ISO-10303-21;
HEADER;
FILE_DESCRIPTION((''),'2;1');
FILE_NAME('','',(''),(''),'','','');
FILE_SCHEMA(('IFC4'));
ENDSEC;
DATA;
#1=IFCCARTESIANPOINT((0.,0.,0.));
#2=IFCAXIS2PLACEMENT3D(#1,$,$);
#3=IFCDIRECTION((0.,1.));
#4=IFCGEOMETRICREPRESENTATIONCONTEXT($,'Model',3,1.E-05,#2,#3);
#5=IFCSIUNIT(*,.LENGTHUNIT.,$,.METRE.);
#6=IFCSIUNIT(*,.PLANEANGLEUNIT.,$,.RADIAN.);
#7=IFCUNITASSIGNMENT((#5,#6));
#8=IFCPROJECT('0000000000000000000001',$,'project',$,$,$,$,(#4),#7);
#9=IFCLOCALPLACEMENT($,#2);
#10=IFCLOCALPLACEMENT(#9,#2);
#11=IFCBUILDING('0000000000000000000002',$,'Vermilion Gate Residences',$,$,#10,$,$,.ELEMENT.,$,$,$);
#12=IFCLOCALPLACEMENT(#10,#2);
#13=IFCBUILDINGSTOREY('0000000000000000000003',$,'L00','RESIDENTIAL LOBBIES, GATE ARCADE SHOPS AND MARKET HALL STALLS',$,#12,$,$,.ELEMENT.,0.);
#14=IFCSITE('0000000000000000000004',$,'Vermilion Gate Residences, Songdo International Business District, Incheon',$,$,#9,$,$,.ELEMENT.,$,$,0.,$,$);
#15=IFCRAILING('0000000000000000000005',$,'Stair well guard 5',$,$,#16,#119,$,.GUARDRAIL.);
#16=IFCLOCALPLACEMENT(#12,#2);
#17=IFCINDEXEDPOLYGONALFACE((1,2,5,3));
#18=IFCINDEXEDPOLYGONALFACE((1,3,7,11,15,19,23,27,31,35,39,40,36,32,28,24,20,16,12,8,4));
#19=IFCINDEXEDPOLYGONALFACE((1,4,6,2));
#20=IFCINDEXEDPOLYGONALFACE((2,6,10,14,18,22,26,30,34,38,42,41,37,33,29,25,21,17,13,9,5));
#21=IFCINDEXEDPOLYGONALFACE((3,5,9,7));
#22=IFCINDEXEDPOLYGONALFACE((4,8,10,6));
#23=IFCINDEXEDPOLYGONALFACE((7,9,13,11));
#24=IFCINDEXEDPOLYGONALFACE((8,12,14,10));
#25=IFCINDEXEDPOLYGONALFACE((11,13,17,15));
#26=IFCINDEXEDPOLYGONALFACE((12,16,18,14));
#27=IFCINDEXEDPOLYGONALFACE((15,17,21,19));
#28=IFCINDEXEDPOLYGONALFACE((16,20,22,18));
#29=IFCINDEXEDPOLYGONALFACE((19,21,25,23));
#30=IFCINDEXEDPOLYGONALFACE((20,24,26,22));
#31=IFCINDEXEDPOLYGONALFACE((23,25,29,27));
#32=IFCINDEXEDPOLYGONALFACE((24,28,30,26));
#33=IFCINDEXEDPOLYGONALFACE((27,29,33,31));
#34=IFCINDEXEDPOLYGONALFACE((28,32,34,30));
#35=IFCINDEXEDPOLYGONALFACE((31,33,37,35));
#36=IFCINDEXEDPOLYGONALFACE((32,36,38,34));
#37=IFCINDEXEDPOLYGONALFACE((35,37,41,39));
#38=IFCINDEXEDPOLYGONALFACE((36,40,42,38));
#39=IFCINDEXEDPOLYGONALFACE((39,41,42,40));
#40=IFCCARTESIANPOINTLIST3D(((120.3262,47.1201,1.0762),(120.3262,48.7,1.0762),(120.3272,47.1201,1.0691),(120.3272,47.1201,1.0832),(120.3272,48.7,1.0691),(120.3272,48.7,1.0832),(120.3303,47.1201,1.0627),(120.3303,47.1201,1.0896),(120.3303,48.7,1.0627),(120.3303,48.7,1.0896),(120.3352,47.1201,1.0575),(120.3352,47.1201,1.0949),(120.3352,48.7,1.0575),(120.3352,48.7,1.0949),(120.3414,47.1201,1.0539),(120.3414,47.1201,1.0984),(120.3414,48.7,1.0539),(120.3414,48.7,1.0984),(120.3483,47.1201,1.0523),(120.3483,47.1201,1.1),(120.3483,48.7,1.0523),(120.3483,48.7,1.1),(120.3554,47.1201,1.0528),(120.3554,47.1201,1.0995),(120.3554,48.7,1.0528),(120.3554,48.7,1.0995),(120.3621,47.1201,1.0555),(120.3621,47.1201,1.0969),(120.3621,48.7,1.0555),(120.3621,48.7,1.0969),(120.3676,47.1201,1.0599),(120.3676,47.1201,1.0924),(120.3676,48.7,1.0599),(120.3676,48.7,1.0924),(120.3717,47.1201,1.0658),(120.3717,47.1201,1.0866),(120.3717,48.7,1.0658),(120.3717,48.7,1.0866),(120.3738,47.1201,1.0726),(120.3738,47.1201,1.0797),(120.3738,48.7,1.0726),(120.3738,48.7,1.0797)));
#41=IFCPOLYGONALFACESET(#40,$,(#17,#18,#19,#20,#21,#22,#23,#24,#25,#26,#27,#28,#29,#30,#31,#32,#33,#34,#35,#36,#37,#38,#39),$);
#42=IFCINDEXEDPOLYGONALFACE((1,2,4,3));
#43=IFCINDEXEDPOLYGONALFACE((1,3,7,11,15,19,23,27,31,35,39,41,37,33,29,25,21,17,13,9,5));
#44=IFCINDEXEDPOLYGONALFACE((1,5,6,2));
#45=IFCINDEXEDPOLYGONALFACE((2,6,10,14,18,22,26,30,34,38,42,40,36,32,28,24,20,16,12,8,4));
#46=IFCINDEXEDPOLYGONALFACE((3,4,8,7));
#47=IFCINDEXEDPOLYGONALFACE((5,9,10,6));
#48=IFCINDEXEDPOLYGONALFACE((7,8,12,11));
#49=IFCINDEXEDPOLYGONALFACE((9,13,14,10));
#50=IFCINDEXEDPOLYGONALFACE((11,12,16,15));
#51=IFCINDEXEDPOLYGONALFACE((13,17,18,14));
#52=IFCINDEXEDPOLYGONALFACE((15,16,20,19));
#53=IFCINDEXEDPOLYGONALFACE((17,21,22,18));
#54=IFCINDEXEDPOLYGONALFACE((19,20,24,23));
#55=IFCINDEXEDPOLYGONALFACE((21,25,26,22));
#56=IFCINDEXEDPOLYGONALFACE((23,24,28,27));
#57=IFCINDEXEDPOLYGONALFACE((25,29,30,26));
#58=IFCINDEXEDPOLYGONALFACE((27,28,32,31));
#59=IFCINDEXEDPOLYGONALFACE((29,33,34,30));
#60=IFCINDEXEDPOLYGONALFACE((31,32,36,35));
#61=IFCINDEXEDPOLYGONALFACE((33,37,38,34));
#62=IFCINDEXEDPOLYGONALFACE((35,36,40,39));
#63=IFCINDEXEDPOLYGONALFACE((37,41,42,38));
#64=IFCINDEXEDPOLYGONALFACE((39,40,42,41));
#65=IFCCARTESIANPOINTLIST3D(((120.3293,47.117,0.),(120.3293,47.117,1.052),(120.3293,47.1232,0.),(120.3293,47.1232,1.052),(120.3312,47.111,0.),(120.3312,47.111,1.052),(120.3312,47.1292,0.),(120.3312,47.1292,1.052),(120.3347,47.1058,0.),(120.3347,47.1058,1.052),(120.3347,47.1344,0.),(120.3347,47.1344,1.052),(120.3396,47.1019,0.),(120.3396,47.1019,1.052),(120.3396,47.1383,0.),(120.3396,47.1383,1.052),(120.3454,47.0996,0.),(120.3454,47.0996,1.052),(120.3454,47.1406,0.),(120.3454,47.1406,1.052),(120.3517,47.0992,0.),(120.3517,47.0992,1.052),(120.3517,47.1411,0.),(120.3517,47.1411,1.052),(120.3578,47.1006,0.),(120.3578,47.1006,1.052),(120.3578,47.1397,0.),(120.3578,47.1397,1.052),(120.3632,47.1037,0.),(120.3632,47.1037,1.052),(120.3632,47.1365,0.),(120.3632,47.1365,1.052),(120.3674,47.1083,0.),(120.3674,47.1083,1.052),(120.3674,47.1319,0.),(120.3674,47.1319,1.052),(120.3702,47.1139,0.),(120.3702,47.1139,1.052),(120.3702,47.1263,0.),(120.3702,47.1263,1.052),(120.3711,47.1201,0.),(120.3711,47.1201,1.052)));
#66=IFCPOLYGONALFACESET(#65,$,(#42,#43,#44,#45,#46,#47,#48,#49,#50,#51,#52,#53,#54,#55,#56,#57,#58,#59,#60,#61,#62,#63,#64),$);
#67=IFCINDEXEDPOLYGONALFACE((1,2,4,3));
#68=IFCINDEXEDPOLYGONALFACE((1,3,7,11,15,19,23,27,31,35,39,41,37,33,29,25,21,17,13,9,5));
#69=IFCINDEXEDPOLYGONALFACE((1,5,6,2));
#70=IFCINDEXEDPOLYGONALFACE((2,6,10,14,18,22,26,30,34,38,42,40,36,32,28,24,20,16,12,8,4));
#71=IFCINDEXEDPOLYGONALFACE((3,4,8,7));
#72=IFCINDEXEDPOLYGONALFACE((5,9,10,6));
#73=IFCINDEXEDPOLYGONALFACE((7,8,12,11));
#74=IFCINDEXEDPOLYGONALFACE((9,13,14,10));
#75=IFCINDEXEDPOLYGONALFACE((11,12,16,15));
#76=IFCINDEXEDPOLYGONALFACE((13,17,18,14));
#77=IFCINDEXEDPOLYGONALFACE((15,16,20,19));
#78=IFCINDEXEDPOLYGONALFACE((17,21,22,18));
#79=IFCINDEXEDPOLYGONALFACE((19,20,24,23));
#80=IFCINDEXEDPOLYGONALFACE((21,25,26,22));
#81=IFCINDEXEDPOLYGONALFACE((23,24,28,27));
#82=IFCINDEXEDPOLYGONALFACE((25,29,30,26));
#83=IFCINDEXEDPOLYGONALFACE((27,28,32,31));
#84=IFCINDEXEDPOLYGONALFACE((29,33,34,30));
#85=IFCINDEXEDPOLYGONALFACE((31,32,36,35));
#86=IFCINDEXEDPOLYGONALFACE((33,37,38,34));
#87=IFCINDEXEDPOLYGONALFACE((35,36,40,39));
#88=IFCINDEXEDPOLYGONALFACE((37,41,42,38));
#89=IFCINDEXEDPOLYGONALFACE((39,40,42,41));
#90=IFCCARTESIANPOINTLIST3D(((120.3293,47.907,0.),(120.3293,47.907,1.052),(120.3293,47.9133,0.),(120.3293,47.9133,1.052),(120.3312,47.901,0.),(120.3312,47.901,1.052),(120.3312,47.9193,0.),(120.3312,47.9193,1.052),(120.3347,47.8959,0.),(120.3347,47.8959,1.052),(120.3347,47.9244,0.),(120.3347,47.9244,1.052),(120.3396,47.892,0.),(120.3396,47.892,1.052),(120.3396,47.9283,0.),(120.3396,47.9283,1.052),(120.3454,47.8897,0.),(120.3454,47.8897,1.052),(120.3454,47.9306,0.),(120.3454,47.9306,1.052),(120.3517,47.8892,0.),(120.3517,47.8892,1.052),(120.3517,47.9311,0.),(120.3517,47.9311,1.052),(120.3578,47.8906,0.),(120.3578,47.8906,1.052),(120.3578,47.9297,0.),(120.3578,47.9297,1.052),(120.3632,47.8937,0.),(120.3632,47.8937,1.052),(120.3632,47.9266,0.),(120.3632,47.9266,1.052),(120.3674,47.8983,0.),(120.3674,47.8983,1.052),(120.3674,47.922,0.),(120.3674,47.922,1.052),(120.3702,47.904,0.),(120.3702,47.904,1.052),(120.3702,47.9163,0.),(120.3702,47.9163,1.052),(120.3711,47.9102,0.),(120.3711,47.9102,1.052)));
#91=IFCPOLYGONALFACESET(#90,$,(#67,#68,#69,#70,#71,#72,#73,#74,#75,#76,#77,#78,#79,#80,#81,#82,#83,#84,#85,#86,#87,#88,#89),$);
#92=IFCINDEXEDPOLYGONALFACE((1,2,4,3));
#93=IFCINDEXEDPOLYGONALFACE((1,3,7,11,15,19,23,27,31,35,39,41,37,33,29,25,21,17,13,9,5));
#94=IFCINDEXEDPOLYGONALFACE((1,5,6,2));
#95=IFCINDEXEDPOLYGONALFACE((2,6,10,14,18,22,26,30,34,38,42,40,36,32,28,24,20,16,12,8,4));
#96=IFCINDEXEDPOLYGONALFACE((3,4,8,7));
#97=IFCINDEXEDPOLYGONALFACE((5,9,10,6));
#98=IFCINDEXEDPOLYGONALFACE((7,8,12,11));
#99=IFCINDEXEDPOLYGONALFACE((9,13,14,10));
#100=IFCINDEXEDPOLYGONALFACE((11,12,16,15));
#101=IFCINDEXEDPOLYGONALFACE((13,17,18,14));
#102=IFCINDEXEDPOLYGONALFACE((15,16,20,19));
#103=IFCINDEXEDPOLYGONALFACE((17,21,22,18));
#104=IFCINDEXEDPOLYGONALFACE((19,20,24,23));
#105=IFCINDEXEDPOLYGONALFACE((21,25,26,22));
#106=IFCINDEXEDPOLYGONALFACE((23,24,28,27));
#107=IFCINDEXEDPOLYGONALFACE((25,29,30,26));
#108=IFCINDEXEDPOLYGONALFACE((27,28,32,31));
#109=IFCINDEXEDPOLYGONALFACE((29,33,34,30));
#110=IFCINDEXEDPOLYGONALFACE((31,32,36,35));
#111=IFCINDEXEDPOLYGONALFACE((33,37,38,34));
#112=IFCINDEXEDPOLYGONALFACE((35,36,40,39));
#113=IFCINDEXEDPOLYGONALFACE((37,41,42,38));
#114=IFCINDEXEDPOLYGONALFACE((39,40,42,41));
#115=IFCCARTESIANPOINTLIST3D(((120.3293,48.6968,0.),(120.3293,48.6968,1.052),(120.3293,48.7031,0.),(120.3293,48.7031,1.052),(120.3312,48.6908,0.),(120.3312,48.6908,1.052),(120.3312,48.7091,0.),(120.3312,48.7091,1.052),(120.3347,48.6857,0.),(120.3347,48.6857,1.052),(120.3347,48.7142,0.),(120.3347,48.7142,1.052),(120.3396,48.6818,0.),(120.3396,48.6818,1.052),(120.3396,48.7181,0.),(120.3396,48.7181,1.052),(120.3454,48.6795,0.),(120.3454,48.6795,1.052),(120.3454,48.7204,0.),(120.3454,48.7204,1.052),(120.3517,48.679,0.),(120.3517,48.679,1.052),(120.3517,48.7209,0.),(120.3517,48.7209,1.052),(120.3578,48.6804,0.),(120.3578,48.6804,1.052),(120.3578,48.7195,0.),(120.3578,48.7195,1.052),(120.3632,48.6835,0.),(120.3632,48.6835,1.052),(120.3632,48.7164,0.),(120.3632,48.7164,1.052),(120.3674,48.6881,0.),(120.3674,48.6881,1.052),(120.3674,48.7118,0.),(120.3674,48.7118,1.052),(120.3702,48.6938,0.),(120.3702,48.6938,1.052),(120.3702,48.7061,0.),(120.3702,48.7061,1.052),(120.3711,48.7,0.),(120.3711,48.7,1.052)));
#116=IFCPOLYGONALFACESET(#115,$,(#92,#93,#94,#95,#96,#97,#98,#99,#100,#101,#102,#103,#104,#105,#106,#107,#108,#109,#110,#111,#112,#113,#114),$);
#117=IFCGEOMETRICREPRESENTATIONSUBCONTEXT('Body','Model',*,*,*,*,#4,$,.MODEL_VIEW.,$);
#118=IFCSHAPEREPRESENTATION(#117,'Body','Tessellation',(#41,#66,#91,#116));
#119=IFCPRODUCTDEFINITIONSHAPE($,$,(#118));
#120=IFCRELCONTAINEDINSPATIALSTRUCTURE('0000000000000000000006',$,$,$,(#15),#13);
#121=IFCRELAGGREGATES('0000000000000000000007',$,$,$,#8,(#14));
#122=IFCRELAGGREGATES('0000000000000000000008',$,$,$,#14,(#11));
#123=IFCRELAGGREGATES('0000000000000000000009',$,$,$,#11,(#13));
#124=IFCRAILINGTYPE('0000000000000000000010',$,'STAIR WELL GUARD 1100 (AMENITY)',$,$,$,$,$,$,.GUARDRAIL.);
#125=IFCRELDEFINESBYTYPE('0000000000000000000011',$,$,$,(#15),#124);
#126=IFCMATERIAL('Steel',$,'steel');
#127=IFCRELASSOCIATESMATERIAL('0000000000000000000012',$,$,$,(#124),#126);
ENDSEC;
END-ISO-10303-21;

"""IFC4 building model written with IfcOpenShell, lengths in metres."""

from ifc_helpers import new_model, si_unit, direction, frame, origin, origin_2d, place, context, subcontext, project, spatial, circle, extrude, material, type_object, element, save


model = new_model("IFC4")

# Units and contexts
model_context = context("Model", 3, precision=1e-05, world=origin(), true_north=direction((0.0, 1.0)))
body_context = subcontext(model_context, "Body", "Model", "MODEL_VIEW")
ifc_project = project(units=[si_unit("LENGTHUNIT", "METRE"), si_unit("PLANEANGLEUNIT", "RADIAN")], contexts=[model_context])

# Site, building, storey
site_placement = place(None, origin())
site = spatial("IfcSite", under=ifc_project, at=site_placement, Name="Vermilion Gate Residences, Songdo International Business District, Incheon", CompositionType="ELEMENT", RefElevation=0.0)
building_placement = place(site_placement, origin())
building = spatial("IfcBuilding", under=site, at=building_placement, Name="Vermilion Gate Residences", CompositionType="ELEMENT")
storey_placement = place(building_placement, origin())
storey = spatial("IfcBuildingStorey", under=building, at=storey_placement, Name="L00", Description="RESIDENTIAL LOBBIES, GATE ARCADE SHOPS AND MARKET HALL STALLS", CompositionType="ELEMENT", Elevation=0.0)

# Railing
ifc_material_1 = material(Name="Steel", Category="steel")
railing_type = type_object("IfcRailingType", Name="STAIR WELL GUARD 1100 (AMENITY)", PredefinedType="GUARDRAIL", material=ifc_material_1)
railing_1_placement = place(storey_placement, frame((120.3501, 47.1201, 0.0)))
element("IfcRailing", 1, at=railing_1_placement, inside=storey, type_object=railing_type, Name="Stair well guard 5", PredefinedType="GUARDRAIL", context=body_context, shape_type="SweptSolid", body=[
    extrude(circle(Radius=0.0239, at=origin_2d()), frame((0.0, 0.0, 1.0762), z_axis=(0.0, 1.0, 0.0), x_axis=(-1.0, 0.0, 0.0)), (0.0, 0.0, 1.0), 1.5798),
    extrude(circle(Radius=0.021, at=origin_2d()), origin(), (0.0, 0.0, 1.0), 1.052),
    extrude(circle(Radius=0.021, at=origin_2d()), frame((0.0, 0.79, 0.0)), (0.0, 0.0, 1.0), 1.052),
    extrude(circle(Radius=0.021, at=origin_2d()), frame((0.0, 1.5798, 0.0)), (0.0, 0.0, 1.0), 1.052),
])

save(model, "model.ifc")
